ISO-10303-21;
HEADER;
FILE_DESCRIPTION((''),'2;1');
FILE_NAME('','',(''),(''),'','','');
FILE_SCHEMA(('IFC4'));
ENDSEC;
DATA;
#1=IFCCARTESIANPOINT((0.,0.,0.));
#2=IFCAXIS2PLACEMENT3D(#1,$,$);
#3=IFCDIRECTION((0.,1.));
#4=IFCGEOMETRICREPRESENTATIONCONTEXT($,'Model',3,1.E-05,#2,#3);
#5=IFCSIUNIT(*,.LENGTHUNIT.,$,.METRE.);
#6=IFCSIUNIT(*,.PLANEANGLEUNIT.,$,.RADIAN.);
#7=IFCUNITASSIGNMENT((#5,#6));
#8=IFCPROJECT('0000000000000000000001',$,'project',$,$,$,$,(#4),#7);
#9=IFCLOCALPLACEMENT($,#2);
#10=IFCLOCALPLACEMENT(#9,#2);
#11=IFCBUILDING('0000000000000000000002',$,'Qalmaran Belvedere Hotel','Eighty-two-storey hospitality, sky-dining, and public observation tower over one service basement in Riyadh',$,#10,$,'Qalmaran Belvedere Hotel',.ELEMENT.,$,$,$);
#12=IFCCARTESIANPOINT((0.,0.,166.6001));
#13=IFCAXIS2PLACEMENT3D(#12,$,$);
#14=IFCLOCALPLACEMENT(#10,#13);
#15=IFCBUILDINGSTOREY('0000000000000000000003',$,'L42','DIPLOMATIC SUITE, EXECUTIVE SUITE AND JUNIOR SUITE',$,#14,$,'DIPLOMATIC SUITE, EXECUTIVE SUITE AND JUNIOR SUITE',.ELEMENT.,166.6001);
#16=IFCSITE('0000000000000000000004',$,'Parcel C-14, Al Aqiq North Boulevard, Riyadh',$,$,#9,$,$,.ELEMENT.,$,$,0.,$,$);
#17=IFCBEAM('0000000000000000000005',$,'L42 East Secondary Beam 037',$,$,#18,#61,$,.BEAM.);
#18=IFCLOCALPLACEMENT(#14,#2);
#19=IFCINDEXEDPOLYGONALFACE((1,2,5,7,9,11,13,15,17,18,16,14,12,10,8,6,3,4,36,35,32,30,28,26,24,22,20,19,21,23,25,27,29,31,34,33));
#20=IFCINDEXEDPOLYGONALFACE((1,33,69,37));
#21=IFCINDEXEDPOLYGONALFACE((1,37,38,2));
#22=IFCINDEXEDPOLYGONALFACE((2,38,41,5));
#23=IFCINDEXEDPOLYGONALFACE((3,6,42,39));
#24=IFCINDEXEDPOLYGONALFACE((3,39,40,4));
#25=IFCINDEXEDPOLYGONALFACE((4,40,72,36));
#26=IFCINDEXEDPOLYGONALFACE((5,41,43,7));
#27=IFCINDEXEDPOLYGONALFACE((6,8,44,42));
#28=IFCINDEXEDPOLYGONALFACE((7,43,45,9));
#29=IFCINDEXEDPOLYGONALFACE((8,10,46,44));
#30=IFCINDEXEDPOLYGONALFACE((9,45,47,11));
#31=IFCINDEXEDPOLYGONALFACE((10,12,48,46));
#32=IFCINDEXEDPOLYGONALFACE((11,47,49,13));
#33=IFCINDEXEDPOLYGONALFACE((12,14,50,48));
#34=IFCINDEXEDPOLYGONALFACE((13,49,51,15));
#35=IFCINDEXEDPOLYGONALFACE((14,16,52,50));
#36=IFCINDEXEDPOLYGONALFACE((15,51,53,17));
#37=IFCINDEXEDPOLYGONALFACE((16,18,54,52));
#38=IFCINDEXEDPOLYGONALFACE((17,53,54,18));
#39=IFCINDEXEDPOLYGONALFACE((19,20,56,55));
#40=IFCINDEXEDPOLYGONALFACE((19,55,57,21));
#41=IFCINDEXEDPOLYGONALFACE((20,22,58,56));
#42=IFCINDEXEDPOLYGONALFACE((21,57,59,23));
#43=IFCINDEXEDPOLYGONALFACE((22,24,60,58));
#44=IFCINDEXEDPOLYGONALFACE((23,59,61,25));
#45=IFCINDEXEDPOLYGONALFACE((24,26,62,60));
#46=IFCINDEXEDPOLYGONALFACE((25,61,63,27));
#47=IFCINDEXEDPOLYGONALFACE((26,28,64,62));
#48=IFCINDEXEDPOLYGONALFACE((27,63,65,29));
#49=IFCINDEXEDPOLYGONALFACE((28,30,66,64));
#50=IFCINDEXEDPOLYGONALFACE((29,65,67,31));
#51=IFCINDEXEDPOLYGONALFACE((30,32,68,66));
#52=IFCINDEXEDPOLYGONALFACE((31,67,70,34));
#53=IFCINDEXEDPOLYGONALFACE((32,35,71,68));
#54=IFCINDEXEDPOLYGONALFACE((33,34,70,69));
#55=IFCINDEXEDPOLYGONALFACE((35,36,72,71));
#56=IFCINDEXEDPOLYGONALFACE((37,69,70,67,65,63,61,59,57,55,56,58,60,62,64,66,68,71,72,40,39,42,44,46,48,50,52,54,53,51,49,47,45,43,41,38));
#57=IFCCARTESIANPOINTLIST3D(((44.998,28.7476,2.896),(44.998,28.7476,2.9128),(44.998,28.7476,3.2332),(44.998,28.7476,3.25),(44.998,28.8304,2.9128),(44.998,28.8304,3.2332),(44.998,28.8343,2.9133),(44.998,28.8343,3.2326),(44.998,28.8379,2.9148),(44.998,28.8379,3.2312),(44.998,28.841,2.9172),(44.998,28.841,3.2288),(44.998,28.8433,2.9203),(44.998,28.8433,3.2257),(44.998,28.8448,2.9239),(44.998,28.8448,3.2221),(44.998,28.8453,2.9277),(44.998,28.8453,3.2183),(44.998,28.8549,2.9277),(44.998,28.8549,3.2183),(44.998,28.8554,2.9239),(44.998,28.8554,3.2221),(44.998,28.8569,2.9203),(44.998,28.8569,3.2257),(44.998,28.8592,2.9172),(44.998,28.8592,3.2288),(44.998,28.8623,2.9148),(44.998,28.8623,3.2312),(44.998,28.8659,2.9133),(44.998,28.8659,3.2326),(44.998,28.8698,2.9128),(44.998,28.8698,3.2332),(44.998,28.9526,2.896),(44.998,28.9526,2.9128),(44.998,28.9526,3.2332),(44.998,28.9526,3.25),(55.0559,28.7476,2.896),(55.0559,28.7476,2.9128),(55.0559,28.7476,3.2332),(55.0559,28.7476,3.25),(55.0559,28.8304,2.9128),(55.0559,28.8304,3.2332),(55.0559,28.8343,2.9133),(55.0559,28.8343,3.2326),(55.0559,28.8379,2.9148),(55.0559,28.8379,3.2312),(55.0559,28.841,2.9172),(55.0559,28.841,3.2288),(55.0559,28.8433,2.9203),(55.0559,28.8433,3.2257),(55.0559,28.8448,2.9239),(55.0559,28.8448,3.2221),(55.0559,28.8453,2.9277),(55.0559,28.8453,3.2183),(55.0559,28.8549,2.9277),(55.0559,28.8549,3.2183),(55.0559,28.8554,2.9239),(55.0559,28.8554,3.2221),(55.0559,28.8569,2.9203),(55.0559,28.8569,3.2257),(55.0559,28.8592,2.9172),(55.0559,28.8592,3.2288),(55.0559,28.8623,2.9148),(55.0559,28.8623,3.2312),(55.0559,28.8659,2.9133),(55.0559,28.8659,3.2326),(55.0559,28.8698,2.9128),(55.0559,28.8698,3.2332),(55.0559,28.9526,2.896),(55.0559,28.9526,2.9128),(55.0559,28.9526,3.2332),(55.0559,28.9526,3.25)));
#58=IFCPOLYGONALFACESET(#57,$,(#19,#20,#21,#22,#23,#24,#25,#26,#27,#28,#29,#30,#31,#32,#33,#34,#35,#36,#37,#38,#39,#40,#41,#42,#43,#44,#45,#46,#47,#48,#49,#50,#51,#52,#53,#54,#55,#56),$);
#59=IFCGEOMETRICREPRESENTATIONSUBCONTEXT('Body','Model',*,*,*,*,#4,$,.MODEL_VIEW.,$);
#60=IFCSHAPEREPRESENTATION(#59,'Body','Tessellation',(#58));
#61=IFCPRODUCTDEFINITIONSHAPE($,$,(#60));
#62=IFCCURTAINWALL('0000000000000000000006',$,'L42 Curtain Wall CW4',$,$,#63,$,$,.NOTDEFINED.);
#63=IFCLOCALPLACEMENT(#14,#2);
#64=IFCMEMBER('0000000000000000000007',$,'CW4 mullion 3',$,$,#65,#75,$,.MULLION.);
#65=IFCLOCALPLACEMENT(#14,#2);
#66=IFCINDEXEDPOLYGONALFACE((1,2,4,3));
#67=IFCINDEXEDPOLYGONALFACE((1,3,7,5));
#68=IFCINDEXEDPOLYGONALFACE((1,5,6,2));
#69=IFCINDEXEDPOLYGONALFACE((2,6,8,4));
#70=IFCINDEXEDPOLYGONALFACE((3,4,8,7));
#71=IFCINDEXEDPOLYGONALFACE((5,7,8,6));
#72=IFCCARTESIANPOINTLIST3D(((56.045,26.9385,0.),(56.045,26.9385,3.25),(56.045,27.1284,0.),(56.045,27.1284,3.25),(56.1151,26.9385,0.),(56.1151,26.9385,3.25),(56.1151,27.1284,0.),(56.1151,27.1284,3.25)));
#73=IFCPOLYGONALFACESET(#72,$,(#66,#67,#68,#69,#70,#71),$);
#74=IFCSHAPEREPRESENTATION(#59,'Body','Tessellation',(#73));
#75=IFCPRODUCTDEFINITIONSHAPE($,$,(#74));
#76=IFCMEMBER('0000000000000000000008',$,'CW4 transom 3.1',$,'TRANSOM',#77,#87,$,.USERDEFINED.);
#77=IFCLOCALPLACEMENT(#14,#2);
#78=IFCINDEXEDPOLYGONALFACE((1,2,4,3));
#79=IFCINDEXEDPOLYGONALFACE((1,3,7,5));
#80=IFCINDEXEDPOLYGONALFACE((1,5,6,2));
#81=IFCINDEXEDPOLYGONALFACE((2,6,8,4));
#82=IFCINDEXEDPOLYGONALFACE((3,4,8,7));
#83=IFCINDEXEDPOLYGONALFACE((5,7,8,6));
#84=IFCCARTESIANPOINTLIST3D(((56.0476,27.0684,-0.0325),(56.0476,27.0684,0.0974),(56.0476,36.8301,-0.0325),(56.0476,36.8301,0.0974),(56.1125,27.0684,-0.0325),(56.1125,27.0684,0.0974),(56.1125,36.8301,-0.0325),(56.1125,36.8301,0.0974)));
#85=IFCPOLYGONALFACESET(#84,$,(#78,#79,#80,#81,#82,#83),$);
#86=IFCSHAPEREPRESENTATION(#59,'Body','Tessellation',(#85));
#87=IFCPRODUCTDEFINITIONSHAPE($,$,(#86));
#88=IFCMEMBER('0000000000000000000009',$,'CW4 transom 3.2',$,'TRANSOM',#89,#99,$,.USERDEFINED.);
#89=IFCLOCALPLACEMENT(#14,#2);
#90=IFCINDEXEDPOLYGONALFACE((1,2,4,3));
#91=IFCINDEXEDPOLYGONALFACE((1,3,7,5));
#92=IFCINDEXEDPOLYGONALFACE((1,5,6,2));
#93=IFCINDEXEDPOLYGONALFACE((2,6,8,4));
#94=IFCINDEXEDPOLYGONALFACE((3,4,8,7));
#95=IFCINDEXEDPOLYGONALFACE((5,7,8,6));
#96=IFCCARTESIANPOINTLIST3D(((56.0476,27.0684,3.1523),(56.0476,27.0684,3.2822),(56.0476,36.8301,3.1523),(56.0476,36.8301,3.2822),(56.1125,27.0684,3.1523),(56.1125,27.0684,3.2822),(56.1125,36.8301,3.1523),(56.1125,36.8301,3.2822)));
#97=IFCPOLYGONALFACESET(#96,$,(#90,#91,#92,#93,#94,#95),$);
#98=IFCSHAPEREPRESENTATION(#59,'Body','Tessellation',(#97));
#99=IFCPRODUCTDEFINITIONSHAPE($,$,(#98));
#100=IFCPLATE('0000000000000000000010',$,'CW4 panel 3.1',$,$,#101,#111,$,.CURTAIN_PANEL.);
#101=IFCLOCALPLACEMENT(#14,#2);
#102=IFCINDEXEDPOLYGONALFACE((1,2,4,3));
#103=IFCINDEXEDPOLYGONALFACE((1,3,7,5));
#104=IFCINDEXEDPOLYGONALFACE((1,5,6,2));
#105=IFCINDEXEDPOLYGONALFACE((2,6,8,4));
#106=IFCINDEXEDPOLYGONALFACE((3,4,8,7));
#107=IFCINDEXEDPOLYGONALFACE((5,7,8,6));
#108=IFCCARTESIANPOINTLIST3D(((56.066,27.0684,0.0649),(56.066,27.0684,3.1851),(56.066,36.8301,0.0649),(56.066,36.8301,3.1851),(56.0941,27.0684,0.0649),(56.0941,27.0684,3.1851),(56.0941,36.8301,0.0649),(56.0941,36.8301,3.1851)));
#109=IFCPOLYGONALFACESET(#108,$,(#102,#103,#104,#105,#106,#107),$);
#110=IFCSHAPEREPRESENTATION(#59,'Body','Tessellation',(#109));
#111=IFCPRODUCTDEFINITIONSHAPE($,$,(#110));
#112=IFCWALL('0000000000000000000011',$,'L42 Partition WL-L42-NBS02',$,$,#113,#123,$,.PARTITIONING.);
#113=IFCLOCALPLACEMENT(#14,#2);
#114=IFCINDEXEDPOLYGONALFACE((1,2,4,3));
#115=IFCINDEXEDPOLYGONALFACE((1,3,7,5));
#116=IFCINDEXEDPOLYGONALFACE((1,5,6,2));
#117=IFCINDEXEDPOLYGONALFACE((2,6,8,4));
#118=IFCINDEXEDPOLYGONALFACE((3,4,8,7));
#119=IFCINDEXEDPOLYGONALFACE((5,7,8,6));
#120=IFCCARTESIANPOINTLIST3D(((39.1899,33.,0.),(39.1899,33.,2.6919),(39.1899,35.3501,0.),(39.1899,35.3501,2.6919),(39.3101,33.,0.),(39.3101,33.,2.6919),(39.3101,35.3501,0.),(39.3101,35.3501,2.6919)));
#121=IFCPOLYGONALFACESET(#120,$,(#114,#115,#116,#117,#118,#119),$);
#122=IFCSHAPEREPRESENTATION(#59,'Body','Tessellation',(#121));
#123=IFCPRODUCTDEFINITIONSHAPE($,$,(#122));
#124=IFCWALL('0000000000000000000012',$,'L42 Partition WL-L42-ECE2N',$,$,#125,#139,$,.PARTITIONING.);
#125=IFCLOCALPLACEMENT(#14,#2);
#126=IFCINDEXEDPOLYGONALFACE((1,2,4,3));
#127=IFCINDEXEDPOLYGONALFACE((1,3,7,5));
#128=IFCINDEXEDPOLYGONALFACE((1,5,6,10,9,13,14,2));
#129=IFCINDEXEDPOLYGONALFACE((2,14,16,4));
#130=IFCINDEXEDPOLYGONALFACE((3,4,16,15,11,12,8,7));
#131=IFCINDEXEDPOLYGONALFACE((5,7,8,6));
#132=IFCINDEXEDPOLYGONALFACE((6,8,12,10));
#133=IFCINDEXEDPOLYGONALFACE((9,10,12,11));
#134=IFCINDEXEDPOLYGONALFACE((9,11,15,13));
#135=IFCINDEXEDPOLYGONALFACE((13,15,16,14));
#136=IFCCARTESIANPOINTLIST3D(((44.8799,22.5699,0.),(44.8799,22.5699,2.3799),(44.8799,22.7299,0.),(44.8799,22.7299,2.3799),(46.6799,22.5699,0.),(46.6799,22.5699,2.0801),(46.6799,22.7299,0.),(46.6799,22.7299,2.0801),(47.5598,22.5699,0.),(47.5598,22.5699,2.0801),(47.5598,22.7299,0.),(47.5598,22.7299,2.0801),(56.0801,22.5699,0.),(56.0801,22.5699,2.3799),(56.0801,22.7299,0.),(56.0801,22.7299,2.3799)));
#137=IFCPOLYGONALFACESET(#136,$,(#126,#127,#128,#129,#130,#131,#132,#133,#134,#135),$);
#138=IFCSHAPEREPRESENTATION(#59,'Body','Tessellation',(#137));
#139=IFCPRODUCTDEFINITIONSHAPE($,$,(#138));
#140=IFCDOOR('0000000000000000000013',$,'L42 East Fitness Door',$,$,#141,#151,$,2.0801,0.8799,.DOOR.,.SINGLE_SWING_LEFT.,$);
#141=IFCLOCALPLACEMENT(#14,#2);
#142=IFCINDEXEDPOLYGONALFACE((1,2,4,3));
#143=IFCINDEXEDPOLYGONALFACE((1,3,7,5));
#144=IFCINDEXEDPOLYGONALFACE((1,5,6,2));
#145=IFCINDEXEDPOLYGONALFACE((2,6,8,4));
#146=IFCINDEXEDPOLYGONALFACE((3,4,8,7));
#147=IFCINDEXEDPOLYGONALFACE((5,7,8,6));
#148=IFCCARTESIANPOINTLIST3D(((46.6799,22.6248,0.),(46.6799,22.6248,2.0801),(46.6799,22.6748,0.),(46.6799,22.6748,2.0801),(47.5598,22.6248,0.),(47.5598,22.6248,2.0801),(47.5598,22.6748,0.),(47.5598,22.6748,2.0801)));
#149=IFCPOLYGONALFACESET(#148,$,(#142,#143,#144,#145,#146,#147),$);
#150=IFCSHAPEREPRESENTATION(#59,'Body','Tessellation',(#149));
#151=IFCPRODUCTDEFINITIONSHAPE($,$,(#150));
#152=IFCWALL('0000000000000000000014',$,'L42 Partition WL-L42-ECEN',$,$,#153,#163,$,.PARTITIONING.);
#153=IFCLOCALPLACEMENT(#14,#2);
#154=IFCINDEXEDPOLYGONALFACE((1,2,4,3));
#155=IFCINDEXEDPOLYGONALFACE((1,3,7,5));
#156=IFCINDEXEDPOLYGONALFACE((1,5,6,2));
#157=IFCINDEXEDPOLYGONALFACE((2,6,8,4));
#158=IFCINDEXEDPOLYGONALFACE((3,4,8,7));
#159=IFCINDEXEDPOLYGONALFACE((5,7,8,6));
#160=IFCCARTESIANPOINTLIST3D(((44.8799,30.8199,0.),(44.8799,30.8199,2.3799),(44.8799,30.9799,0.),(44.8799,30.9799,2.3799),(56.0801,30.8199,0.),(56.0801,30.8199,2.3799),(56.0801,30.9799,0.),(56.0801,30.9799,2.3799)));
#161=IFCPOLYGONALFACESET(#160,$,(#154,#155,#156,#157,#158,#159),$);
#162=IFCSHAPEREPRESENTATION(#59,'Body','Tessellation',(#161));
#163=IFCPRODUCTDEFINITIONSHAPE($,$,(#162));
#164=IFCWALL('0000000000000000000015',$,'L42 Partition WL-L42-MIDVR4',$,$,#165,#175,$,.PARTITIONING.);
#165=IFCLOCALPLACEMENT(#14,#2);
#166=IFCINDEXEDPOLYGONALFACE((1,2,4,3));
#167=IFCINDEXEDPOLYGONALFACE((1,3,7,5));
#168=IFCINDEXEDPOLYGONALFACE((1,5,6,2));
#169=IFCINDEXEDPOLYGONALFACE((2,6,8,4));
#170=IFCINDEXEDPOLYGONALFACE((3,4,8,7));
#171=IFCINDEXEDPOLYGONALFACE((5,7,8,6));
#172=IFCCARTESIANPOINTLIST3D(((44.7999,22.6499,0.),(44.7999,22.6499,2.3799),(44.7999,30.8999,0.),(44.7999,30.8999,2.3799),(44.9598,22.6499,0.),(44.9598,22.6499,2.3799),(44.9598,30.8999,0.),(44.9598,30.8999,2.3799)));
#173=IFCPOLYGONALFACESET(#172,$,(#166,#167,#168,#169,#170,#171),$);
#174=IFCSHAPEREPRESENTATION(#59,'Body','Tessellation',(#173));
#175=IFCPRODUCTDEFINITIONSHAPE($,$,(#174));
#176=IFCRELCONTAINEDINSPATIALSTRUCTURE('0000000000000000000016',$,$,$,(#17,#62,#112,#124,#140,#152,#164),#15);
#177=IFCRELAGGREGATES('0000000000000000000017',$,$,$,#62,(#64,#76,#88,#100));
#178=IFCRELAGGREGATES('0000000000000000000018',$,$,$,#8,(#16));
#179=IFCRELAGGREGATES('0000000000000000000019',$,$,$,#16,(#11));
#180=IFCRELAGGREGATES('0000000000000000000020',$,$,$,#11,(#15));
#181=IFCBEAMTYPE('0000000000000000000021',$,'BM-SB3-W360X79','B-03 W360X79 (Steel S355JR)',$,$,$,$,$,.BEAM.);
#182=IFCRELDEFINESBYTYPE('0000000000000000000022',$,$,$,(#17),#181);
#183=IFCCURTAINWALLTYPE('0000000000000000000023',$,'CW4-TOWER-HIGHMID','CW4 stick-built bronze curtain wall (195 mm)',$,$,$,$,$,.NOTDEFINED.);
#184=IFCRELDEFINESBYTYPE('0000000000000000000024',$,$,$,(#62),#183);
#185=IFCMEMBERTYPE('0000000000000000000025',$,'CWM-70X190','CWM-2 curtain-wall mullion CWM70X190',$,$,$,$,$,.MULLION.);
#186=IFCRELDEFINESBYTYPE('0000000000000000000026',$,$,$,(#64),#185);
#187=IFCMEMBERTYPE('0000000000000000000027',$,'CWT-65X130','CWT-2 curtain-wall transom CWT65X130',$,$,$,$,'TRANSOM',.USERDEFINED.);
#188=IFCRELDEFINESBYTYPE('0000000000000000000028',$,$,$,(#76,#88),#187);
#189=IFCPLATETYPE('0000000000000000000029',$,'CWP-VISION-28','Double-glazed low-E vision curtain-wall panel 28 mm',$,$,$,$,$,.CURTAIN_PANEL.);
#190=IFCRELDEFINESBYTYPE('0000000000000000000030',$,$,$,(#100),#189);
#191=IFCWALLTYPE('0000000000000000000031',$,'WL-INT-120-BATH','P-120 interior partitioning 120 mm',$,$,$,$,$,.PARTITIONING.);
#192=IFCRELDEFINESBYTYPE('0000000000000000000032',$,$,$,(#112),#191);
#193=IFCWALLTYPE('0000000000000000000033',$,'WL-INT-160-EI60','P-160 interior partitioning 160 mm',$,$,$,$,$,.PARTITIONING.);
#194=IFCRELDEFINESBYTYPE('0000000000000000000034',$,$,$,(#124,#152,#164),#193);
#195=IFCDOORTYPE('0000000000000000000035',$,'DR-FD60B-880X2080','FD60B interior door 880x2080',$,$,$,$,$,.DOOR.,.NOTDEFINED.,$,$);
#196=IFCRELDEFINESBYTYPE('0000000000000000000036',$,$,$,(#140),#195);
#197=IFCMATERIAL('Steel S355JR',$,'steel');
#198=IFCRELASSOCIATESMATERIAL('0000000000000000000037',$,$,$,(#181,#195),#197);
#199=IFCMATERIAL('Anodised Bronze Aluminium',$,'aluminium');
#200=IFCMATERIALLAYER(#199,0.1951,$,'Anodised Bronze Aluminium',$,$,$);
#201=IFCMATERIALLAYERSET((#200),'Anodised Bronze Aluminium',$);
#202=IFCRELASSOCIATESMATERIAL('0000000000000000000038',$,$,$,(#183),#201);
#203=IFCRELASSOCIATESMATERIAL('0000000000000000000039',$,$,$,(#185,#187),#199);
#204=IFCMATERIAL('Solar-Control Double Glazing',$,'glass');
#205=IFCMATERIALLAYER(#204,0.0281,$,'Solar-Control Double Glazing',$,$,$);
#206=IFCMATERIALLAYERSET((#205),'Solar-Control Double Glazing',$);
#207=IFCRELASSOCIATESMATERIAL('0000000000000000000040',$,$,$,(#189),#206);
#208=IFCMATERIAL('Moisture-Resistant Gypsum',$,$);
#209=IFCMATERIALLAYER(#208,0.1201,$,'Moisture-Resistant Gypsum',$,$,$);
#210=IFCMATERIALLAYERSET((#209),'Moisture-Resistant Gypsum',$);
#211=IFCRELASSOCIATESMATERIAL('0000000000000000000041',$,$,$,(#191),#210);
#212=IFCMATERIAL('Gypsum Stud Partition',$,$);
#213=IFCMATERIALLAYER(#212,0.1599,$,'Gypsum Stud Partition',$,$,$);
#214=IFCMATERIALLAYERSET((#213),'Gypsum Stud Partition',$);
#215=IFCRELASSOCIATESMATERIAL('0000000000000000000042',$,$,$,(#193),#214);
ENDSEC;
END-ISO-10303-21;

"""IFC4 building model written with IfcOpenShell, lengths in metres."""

from ifc_helpers import new_model, si_unit, direction, frame, frame_2d, origin, origin_2d, place, context, subcontext, project, spatial, rectangle, i_section, extrude, material, layer, layer_set, material_profile, profile_set, type_object, element, fill, aggregate, save


model = new_model("IFC4")

# Units and contexts
model_context = context("Model", 3, precision=1e-05, world=origin(), true_north=direction((0.0, 1.0)))
body_context = subcontext(model_context, "Body", "Model", "MODEL_VIEW")
ifc_project = project(units=[si_unit("LENGTHUNIT", "METRE"), si_unit("PLANEANGLEUNIT", "RADIAN")], contexts=[model_context])

# Site, building, storey
site_placement = place(None, origin())
site = spatial("IfcSite", under=ifc_project, at=site_placement, Name="Parcel C-14, Al Aqiq North Boulevard, Riyadh", CompositionType="ELEMENT", RefElevation=0.0)
building_placement = place(site_placement, origin())
building = spatial("IfcBuilding", under=site, at=building_placement, Name="Qalmaran Belvedere Hotel", Description="Eighty-two-storey hospitality, sky-dining, and public observation tower over one service basement in Riyadh", LongName="Qalmaran Belvedere Hotel", CompositionType="ELEMENT")
storey_placement = place(building_placement, frame((0.0, 0.0, 166.6001)))
storey = spatial("IfcBuildingStorey", under=building, at=storey_placement, Name="L42", Description="DIPLOMATIC SUITE, EXECUTIVE SUITE AND JUNIOR SUITE", LongName="DIPLOMATIC SUITE, EXECUTIVE SUITE AND JUNIOR SUITE", CompositionType="ELEMENT", Elevation=166.6001)

# Beam
ifc_material_1 = material(Name="Steel S355JR", Category="steel")
ifc_material_profile_1 = material_profile(ifc_material_1, i_section(OverallWidth=0.2051, OverallDepth=0.354, WebThickness=0.0095, FlangeThickness=0.0168, FilletRadius=0.0149, at=origin_2d()), Name="W360X79")
ifc_profile_set_1 = profile_set([ifc_material_profile_1], Name="Steel S355JR")
beam_type_1 = type_object("IfcBeamType", Name="BM-SB3-W360X79", Description="B-03 W360X79 (Steel S355JR)", PredefinedType="BEAM", material=ifc_profile_set_1)
for number, where, z_axis, x_axis, name in (
    (1, (44.998, 28.8501, 3.073), (1.0, 0.0, 0.0), (0.0, 1.0, 0.0), "L42 East Secondary Beam 037"),
):
    element("IfcBeam", number, at=place(storey_placement, frame(where, z_axis=z_axis, x_axis=x_axis)), inside=storey, type_object=beam_type_1, Name=name, PredefinedType="BEAM", context=body_context, shape_type="SweptSolid", body=[
        extrude(i_section(OverallWidth=0.2051, OverallDepth=0.354, WebThickness=0.0095, FlangeThickness=0.0168, FilletRadius=0.0149, at=origin_2d()), origin(), (0.0, 0.0, 1.0), 10.0579),
    ])

# Curtain wall, members, plate
ifc_material_2 = material(Name="Anodised Bronze Aluminium", Category="aluminium")
ifc_layer_1 = layer(ifc_material_2, 0.1951, Name="Anodised Bronze Aluminium")
ifc_layer_set_1 = layer_set([ifc_layer_1], Name="Anodised Bronze Aluminium")
curtain_wall_type = type_object("IfcCurtainWallType", Name="CW4-TOWER-HIGHMID", Description="CW4 stick-built bronze curtain wall (195 mm)", PredefinedType="NOTDEFINED", material=ifc_layer_set_1)
curtain_wall_placement = place(storey_placement, origin())
curtain_wall = element("IfcCurtainWall", 2, at=curtain_wall_placement, inside=storey, type_object=curtain_wall_type, Name="L42 Curtain Wall CW4", PredefinedType="NOTDEFINED")
ifc_material_profile_2 = material_profile(ifc_material_2, rectangle(XDim=0.0701, YDim=0.1899, at=origin_2d()), Name="CWM70X190")
ifc_profile_set_2 = profile_set([ifc_material_profile_2], Name="Anodised Bronze Aluminium")
member_type_1 = type_object("IfcMemberType", Name="CWM-70X190", Description="CWM-2 curtain-wall mullion CWM70X190", PredefinedType="MULLION", material=ifc_profile_set_2)
member_1_placement = place(storey_placement, frame((56.0801, 27.0334, 0.0), z_axis=(0.0, 0.0, 1.0), x_axis=(-1.0, 0.0, 0.0)))
member_1 = element("IfcMember", 3, at=member_1_placement, type_object=member_type_1, Name="CW4 mullion 3", PredefinedType="MULLION", context=body_context, shape_type="SweptSolid", body=[
    extrude(rectangle(XDim=0.0701, YDim=0.1899, at=origin_2d()), origin(), (0.0, 0.0, 1.0), 3.25),
])
ifc_material_profile_3 = material_profile(ifc_material_2, rectangle(XDim=0.0649, YDim=0.1299, at=origin_2d()), Name="CWT65X130")
ifc_profile_set_3 = profile_set([ifc_material_profile_3], Name="Anodised Bronze Aluminium")
member_type_2 = type_object("IfcMemberType", Name="CWT-65X130", Description="CWT-2 curtain-wall transom CWT65X130", ElementType="TRANSOM", PredefinedType="USERDEFINED", material=ifc_profile_set_3)
member_2_placement = place(storey_placement, frame((56.0801, 27.0684, 0.0325), z_axis=(0.0, 1.0, 0.0), x_axis=(-1.0, 0.0, 0.0)))
member_2 = element("IfcMember", 4, at=member_2_placement, type_object=member_type_2, Name="CW4 transom 3.1", ObjectType="TRANSOM", PredefinedType="USERDEFINED", context=body_context, shape_type="SweptSolid", body=[
    extrude(rectangle(XDim=0.0649, YDim=0.1299, at=origin_2d()), origin(), (0.0, 0.0, 1.0), 9.7617),
])
member_3_placement = place(storey_placement, frame((56.0801, 27.0684, 3.2173), z_axis=(0.0, 1.0, 0.0), x_axis=(-1.0, 0.0, 0.0)))
member_3 = element("IfcMember", 5, at=member_3_placement, type_object=member_type_2, Name="CW4 transom 3.2", ObjectType="TRANSOM", PredefinedType="USERDEFINED", context=body_context, shape_type="SweptSolid", body=[
    extrude(rectangle(XDim=0.0649, YDim=0.1299, at=origin_2d()), origin(), (0.0, 0.0, 1.0), 9.7617),
])
ifc_material_3 = material(Name="Solar-Control Double Glazing", Category="glass")
ifc_layer_2 = layer(ifc_material_3, 0.0281, Name="Solar-Control Double Glazing")
ifc_layer_set_2 = layer_set([ifc_layer_2], Name="Solar-Control Double Glazing")
plate_type = type_object("IfcPlateType", Name="CWP-VISION-28", Description="Double-glazed low-E vision curtain-wall panel 28 mm", PredefinedType="CURTAIN_PANEL", material=ifc_layer_set_2)
plate_placement = place(storey_placement, frame((56.0801, 31.9492, 0.0649), z_axis=(0.0, 0.0, 1.0), x_axis=(0.0, 1.0, 0.0)))
plate = element("IfcPlate", 6, at=plate_placement, type_object=plate_type, Name="CW4 panel 3.1", PredefinedType="CURTAIN_PANEL", context=body_context, shape_type="SweptSolid", body=[
    extrude(rectangle(XDim=9.7617, YDim=0.0281, at=origin_2d()), origin(), (0.0, 0.0, 1.0), 3.1201),
])
aggregate(curtain_wall, [member_1, member_2, member_3, plate])

# Wall
ifc_material_4 = material(Name="Moisture-Resistant Gypsum")
ifc_layer_3 = layer(ifc_material_4, 0.1201, Name="Moisture-Resistant Gypsum")
ifc_layer_set_3 = layer_set([ifc_layer_3], Name="Moisture-Resistant Gypsum")
wall_type_1 = type_object("IfcWallType", Name="WL-INT-120-BATH", Description="P-120 interior partitioning 120 mm", PredefinedType="PARTITIONING", material=ifc_layer_set_3)
wall_1_placement = place(storey_placement, frame((39.25, 33.0, 0.0), z_axis=(0.0, 0.0, 1.0), x_axis=(0.0, 1.0, 0.0)))
element("IfcWall", 7, at=wall_1_placement, inside=storey, type_object=wall_type_1, Name="L42 Partition WL-L42-NBS02", PredefinedType="PARTITIONING", context=body_context, shape_type="SweptSolid", body=[
    extrude(rectangle(XDim=2.3501, YDim=0.1201, at=frame_2d((1.175, 0.0))), origin(), (0.0, 0.0, 1.0), 2.6919),
])

# Wall, opening, door
ifc_material_5 = material(Name="Gypsum Stud Partition")
ifc_layer_4 = layer(ifc_material_5, 0.1599, Name="Gypsum Stud Partition")
ifc_layer_set_4 = layer_set([ifc_layer_4], Name="Gypsum Stud Partition")
wall_type_2 = type_object("IfcWallType", Name="WL-INT-160-EI60", Description="P-160 interior partitioning 160 mm", PredefinedType="PARTITIONING", material=ifc_layer_set_4)
wall_2_placement = place(storey_placement, frame((44.8799, 22.6499, 0.0), z_axis=(0.0, 0.0, 1.0), x_axis=(1.0, 0.0, 0.0)))
wall_2 = element("IfcWall", 8, at=wall_2_placement, inside=storey, type_object=wall_type_2, Name="L42 Partition WL-L42-ECE2N", PredefinedType="PARTITIONING", context=body_context, shape_type="SweptSolid", body=[
    extrude(rectangle(XDim=11.2002, YDim=0.1599, at=frame_2d((5.6001, 0.0))), origin(), (0.0, 0.0, 1.0), 2.3799),
])
opening_1_placement = place(wall_2_placement, frame((1.8, 0.0, 0.0)))
opening_1 = element("IfcOpeningElement", 9, at=opening_1_placement, cuts=wall_2, PredefinedType="OPENING", context=body_context, shape_type="SweptSolid", body=[
    extrude(rectangle(XDim=0.8799, YDim=2.0801, at=frame_2d((0.4399, 1.04))), frame((0.0, 0.0898, 0.0), z_axis=(0.0, -1.0, 0.0), x_axis=(1.0, 0.0, 0.0)), (0.0, 0.0, 1.0), 0.1799),
])
door_type_1 = type_object("IfcDoorType", Name="DR-FD60B-880X2080", Description="FD60B interior door 880x2080", OperationType="NOTDEFINED", PredefinedType="DOOR", material=ifc_material_1)
door_1_placement = place(opening_1_placement, origin())
door_1 = element("IfcDoor", 10, at=door_1_placement, inside=storey, type_object=door_type_1, Name="L42 East Fitness Door", OperationType="SINGLE_SWING_LEFT", OverallHeight=2.0801, OverallWidth=0.8799, PredefinedType="DOOR", context=body_context, shape_type="SweptSolid", body=[
    extrude(rectangle(XDim=0.8799, YDim=2.0801, at=frame_2d((0.4399, 1.04))), frame((0.0, 0.0249, 0.0), z_axis=(0.0, -1.0, 0.0), x_axis=(1.0, 0.0, 0.0)), (0.0, 0.0, 1.0), 0.05),
])
fill(opening_1, door_1)

# Walls
wall_3_placement = place(storey_placement, frame((44.8799, 30.8999, 0.0), z_axis=(0.0, 0.0, 1.0), x_axis=(1.0, 0.0, 0.0)))
element("IfcWall", 11, at=wall_3_placement, inside=storey, type_object=wall_type_2, Name="L42 Partition WL-L42-ECEN", PredefinedType="PARTITIONING", context=body_context, shape_type="SweptSolid", body=[
    extrude(rectangle(XDim=11.2002, YDim=0.1599, at=frame_2d((5.6001, 0.0))), origin(), (0.0, 0.0, 1.0), 2.3799),
])
wall_4_placement = place(storey_placement, frame((44.8799, 22.6499, 0.0), z_axis=(0.0, 0.0, 1.0), x_axis=(0.0, 1.0, 0.0)))
element("IfcWall", 12, at=wall_4_placement, inside=storey, type_object=wall_type_2, Name="L42 Partition WL-L42-MIDVR4", PredefinedType="PARTITIONING", context=body_context, shape_type="SweptSolid", body=[
    extrude(rectangle(XDim=8.25, YDim=0.1599, at=frame_2d((4.125, 0.0))), origin(), (0.0, 0.0, 1.0), 2.3799),
])

save(model, "model.ifc")
